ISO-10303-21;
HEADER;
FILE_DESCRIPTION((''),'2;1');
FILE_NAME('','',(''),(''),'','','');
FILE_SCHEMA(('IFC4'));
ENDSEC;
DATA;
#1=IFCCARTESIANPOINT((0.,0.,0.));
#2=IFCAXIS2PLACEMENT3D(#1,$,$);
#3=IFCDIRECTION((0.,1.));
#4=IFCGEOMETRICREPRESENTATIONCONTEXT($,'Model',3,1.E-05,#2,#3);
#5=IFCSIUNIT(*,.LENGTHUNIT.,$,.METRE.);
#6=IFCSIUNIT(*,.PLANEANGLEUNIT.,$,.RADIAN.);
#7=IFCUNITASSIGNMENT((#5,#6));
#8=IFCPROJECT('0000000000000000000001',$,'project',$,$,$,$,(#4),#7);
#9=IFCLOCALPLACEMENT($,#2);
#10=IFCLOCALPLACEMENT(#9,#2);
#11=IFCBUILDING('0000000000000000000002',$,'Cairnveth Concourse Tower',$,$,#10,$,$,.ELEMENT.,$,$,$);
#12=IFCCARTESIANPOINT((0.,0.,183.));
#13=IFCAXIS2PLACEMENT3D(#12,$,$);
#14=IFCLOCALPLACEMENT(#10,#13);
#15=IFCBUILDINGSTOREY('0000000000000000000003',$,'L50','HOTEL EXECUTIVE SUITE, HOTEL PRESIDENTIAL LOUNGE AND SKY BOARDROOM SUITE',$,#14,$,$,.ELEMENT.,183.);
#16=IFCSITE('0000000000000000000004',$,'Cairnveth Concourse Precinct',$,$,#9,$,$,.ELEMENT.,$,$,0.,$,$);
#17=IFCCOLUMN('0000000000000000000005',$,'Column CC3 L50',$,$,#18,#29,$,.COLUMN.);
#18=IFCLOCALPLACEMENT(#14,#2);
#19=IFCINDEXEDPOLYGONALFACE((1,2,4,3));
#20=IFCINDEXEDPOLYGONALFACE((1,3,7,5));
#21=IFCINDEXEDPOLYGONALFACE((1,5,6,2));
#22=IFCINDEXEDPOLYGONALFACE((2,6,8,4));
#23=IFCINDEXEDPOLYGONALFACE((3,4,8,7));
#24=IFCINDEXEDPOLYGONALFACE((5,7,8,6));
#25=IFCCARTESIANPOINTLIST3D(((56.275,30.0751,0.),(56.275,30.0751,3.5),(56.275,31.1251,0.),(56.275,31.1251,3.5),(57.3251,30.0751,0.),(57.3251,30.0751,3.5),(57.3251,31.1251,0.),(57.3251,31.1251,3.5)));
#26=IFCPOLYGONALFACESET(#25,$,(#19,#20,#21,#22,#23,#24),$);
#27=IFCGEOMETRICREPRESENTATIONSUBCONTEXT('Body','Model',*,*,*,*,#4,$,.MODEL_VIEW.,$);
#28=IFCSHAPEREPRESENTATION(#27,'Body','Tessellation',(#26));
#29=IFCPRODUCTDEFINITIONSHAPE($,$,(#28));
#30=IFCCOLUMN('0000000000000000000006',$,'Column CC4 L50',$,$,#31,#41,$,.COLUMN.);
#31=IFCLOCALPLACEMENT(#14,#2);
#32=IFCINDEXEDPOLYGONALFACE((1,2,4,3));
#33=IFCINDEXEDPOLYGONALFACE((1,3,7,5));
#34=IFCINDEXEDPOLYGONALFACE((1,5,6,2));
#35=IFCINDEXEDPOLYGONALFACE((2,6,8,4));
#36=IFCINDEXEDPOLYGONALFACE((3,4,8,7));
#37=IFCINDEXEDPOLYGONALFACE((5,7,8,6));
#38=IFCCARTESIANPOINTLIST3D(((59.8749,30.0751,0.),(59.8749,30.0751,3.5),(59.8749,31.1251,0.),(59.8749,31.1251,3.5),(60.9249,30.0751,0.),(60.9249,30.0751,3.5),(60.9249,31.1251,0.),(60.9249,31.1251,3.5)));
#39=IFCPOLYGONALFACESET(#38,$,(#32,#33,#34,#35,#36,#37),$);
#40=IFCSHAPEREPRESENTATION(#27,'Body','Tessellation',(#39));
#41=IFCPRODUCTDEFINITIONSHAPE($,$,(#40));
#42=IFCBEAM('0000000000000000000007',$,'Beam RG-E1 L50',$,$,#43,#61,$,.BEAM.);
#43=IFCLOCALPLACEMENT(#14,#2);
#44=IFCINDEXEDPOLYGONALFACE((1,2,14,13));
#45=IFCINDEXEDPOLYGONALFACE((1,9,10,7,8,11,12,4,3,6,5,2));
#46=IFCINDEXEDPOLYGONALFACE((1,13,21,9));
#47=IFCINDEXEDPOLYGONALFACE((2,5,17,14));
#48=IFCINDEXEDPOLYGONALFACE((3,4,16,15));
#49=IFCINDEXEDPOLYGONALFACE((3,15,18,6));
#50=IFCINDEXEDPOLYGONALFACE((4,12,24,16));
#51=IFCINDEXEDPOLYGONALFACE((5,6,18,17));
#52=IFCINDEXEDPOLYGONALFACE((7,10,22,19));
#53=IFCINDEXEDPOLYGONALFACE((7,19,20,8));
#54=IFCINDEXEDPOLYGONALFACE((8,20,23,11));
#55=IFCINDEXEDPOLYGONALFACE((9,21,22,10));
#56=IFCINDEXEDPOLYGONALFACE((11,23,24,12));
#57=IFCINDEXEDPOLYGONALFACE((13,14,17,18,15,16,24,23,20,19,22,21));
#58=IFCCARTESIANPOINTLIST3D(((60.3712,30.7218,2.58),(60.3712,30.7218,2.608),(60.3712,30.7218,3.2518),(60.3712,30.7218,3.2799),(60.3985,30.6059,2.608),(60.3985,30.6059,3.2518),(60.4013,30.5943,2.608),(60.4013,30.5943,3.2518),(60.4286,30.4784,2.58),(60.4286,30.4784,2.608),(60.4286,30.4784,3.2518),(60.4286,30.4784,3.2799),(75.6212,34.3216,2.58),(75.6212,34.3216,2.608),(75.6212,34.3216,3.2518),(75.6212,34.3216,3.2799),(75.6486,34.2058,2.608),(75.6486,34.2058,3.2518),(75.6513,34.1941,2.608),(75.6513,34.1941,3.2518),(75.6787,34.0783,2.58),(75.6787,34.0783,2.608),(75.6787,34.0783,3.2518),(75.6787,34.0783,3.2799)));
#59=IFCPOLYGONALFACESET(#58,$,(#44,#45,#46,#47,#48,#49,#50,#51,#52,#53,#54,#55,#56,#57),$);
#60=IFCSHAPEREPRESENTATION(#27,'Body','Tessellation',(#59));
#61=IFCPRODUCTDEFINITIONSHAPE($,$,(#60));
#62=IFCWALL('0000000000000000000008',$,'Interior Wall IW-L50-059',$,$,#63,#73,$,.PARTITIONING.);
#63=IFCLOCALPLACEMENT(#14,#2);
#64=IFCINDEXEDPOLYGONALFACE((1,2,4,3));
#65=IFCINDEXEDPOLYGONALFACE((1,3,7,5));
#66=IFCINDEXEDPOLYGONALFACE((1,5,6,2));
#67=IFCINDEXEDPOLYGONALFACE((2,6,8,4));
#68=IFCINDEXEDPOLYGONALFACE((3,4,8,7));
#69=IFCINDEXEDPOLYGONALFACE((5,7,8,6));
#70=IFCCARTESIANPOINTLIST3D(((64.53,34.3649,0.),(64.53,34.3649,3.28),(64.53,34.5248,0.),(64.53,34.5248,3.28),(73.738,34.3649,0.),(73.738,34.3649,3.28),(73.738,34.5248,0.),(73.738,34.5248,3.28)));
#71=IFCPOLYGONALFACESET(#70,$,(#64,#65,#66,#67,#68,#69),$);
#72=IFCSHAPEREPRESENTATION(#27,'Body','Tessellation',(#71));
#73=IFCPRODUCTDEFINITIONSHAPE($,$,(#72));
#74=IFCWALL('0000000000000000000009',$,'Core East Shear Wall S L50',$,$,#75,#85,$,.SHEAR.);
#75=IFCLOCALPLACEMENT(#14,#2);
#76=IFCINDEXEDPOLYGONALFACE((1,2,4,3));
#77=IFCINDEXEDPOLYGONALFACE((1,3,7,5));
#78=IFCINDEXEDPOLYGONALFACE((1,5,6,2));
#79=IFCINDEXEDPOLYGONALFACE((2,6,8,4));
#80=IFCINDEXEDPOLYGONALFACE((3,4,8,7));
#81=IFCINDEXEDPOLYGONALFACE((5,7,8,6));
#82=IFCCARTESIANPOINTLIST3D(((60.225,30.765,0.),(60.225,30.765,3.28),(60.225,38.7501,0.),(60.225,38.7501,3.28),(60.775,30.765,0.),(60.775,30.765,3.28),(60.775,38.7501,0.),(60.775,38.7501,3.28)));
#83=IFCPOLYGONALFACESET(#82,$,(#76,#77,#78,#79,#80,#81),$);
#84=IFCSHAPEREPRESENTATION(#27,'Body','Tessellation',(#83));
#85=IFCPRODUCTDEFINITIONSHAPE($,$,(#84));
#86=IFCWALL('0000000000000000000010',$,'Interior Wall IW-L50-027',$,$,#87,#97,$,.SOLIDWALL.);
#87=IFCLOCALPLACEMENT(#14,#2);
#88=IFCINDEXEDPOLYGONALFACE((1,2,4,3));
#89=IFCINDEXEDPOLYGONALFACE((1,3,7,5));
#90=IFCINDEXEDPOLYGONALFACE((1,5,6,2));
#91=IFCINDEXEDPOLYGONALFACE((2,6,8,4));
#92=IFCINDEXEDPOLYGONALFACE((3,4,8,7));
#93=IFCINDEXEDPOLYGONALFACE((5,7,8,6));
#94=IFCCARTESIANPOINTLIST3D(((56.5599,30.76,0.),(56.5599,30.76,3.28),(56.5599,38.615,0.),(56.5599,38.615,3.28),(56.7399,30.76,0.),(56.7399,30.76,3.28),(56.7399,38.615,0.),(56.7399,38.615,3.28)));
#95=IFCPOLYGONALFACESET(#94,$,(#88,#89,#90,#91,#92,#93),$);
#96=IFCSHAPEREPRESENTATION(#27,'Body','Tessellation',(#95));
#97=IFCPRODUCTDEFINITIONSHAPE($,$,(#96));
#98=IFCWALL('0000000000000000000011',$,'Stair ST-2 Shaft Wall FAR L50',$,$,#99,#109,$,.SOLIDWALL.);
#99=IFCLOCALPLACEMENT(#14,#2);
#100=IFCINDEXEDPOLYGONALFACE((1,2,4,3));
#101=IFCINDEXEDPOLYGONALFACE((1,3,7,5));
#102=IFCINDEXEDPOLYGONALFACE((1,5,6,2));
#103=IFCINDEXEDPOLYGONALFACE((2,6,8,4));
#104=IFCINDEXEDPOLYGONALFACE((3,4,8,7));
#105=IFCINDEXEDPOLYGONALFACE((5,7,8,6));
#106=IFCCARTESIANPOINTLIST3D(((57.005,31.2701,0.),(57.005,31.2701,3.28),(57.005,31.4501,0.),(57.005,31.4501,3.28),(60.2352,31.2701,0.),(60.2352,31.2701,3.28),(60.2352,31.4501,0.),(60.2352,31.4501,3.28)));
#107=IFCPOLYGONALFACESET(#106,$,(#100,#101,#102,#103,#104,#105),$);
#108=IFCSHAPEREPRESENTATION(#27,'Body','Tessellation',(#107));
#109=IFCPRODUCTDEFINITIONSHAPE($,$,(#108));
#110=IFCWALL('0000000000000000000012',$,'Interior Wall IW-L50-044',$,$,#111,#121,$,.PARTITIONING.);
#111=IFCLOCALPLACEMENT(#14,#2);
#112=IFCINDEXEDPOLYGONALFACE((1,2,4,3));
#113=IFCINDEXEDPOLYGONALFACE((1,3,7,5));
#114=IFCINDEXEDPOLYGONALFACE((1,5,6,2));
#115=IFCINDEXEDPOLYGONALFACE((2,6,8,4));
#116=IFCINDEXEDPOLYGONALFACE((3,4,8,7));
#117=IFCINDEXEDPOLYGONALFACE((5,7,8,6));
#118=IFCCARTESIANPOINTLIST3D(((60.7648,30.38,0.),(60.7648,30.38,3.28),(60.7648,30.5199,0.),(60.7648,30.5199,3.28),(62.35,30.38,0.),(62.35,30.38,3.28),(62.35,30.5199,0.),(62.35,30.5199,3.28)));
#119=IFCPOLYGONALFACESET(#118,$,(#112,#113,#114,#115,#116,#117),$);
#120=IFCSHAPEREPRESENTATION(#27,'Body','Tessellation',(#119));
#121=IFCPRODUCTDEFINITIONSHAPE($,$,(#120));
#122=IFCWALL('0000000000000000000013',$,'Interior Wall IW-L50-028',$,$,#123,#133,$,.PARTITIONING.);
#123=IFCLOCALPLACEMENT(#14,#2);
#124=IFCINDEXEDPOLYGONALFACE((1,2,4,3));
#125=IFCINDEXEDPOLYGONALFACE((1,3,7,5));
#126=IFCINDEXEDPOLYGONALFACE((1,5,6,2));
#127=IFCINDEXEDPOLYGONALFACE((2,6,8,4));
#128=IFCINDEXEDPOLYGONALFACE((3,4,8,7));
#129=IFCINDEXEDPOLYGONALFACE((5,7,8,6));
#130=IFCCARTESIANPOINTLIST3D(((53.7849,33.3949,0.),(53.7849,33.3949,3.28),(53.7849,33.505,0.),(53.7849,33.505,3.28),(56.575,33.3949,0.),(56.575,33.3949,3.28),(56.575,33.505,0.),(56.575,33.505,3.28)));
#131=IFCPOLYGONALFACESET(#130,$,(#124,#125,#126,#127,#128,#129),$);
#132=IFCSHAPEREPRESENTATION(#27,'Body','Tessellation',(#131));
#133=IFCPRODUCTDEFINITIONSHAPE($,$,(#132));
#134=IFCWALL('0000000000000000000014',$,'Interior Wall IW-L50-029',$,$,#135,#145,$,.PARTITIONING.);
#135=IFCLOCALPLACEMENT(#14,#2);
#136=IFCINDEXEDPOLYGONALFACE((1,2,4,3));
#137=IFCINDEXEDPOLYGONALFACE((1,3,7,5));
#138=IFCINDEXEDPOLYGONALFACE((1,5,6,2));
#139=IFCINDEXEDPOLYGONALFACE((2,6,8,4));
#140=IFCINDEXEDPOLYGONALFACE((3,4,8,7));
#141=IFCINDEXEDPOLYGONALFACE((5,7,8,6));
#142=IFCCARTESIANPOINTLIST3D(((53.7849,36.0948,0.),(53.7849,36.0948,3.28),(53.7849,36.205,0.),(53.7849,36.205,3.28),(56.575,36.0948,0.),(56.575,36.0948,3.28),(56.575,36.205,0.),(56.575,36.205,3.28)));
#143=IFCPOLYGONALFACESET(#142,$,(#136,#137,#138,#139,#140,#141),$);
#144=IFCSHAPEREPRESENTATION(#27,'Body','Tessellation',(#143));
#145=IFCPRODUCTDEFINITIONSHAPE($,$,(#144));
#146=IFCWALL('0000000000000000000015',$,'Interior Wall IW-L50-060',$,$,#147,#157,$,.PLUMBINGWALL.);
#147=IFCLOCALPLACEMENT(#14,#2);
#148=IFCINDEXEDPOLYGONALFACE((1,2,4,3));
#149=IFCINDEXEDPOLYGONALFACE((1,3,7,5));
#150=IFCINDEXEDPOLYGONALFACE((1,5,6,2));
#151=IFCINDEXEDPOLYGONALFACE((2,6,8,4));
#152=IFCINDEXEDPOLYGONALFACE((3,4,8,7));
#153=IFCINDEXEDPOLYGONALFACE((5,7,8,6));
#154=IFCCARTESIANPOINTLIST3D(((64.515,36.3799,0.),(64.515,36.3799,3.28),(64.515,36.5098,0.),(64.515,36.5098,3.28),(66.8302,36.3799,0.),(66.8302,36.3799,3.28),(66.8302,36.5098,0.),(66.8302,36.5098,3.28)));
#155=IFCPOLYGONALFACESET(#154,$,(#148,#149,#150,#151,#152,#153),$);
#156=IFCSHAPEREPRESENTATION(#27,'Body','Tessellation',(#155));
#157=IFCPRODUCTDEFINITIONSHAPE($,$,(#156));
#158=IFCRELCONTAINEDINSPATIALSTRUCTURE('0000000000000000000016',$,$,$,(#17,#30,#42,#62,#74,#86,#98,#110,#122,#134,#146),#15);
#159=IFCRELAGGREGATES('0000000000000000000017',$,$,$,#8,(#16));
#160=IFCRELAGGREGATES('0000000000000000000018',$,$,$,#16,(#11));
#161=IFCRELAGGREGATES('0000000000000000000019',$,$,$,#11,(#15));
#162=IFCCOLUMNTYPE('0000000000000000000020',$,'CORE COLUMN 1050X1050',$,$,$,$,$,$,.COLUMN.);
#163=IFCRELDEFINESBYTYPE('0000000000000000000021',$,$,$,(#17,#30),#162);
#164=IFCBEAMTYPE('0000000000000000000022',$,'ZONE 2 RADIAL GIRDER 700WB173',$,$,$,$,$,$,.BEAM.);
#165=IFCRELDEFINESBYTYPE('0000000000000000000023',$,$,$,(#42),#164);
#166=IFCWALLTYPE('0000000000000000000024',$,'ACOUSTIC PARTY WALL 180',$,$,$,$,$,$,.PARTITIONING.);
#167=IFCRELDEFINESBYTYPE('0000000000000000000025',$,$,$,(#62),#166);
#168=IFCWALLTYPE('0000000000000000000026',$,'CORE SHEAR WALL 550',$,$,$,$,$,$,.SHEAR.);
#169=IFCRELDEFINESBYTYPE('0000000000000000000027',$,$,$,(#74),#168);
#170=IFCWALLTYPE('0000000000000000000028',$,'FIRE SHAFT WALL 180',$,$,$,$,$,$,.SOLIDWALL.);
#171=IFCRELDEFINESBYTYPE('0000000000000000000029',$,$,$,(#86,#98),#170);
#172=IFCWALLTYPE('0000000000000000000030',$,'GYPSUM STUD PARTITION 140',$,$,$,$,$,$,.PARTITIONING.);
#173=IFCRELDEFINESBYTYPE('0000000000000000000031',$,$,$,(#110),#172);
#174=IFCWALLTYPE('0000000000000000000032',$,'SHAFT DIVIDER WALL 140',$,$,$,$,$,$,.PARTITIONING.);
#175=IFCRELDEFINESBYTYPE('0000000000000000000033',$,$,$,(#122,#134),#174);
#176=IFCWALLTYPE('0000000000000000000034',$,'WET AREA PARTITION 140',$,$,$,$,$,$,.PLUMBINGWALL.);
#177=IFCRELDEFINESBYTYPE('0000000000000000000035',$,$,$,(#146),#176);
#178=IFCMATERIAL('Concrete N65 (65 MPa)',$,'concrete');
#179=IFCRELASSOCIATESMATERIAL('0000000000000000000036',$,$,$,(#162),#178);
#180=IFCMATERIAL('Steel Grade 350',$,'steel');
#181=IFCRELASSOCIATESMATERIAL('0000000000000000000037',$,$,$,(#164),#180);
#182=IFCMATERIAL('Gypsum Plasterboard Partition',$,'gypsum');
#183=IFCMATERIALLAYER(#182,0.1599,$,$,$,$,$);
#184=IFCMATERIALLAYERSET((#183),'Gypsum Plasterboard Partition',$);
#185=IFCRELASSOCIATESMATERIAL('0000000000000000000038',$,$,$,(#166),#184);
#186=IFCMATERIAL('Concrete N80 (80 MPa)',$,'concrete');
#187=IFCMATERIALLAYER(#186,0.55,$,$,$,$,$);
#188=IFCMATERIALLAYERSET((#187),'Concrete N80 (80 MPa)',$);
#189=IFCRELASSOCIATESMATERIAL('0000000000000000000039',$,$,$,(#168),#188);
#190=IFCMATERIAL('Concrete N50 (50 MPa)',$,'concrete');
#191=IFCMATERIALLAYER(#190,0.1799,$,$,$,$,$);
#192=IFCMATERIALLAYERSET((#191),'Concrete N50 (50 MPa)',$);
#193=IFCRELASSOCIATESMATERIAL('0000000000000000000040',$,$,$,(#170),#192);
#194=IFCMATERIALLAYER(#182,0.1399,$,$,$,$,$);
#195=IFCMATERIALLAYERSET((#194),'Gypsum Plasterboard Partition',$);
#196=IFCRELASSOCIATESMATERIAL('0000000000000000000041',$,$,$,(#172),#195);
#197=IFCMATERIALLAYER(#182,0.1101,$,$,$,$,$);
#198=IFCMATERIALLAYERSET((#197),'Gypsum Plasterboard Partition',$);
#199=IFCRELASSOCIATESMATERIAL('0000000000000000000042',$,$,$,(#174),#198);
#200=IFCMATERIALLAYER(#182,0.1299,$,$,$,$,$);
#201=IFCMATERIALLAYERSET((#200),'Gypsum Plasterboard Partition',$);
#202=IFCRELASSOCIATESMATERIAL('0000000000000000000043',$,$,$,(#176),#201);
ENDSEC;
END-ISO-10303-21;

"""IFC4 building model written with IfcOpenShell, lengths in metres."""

from ifc_helpers import new_model, si_unit, direction, frame, frame_2d, origin, origin_2d, place, context, subcontext, project, spatial, rectangle, i_section, extrude, material, layer, layer_set, material_profile, profile_set, type_object, element, save


model = new_model("IFC4")

# Units and contexts
model_context = context("Model", 3, precision=1e-05, world=origin(), true_north=direction((0.0, 1.0)))
body_context = subcontext(model_context, "Body", "Model", "MODEL_VIEW")
ifc_project = project(units=[si_unit("LENGTHUNIT", "METRE"), si_unit("PLANEANGLEUNIT", "RADIAN")], contexts=[model_context])

# Site, building, storey
site_placement = place(None, origin())
site = spatial("IfcSite", under=ifc_project, at=site_placement, Name="Cairnveth Concourse Precinct", CompositionType="ELEMENT", RefElevation=0.0)
building_placement = place(site_placement, origin())
building = spatial("IfcBuilding", under=site, at=building_placement, Name="Cairnveth Concourse Tower", CompositionType="ELEMENT")
storey_placement = place(building_placement, frame((0.0, 0.0, 183.0)))
storey = spatial("IfcBuildingStorey", under=building, at=storey_placement, Name="L50", Description="HOTEL EXECUTIVE SUITE, HOTEL PRESIDENTIAL LOUNGE AND SKY BOARDROOM SUITE", CompositionType="ELEMENT", Elevation=183.0)

# Columns
ifc_material_1 = material(Name="Concrete N65 (65 MPa)", Category="concrete")
ifc_material_profile_1 = material_profile(ifc_material_1, rectangle(XDim=1.05, YDim=1.05, at=origin_2d()), Name="RC-COL-1050x1050")
ifc_profile_set_1 = profile_set([ifc_material_profile_1], Name="Concrete N65 (65 MPa)")
column_type = type_object("IfcColumnType", Name="CORE COLUMN 1050X1050", PredefinedType="COLUMN", material=ifc_profile_set_1)
for number, where, z_axis, x_axis, name in (
    (1, (56.8, 30.6001, 0.0), (0.0, 0.0, 1.0), (1.0, 0.0, 0.0), "Column CC3 L50"),
    (2, (60.3999, 30.6001, 0.0), (0.0, 0.0, 1.0), (1.0, 0.0, 0.0), "Column CC4 L50"),
):
    element("IfcColumn", number, at=place(storey_placement, frame(where, z_axis=z_axis, x_axis=x_axis)), inside=storey, type_object=column_type, Name=name, PredefinedType="COLUMN", context=body_context, shape_type="SweptSolid", body=[
        extrude(rectangle(XDim=1.05, YDim=1.05, at=origin_2d()), origin(), (0.0, 0.0, 1.0), 3.5),
    ])

# Beam
ifc_material_2 = material(Name="Steel Grade 350", Category="steel")
ifc_material_profile_2 = material_profile(ifc_material_2, i_section(OverallWidth=0.25, OverallDepth=0.7, WebThickness=0.012, FlangeThickness=0.0281, at=origin_2d()), Name="700WB173")
ifc_profile_set_2 = profile_set([ifc_material_profile_2], Name="Steel Grade 350")
beam_type = type_object("IfcBeamType", Name="ZONE 2 RADIAL GIRDER 700WB173", PredefinedType="BEAM", material=ifc_profile_set_2)
beam_placement = place(storey_placement, frame((60.3999, 30.6001, 2.9299), z_axis=(0.973252, 0.229742, 0.0), x_axis=(-0.229742, 0.973252, 0.0)))
element("IfcBeam", 3, at=beam_placement, inside=storey, type_object=beam_type, Name="Beam RG-E1 L50", PredefinedType="BEAM", context=body_context, shape_type="SweptSolid", body=[
    extrude(i_section(OverallWidth=0.25, OverallDepth=0.7, WebThickness=0.012, FlangeThickness=0.0281, at=origin_2d()), origin(), (0.0, 0.0, 1.0), 15.6692),
])

# Walls
ifc_material_3 = material(Name="Gypsum Plasterboard Partition", Category="gypsum")
ifc_layer_1 = layer(ifc_material_3, 0.1599)
ifc_layer_set_1 = layer_set([ifc_layer_1], Name="Gypsum Plasterboard Partition")
wall_type_1 = type_object("IfcWallType", Name="ACOUSTIC PARTY WALL 180", PredefinedType="PARTITIONING", material=ifc_layer_set_1)
wall_1_placement = place(storey_placement, frame((64.53, 34.4448, 0.0), z_axis=(0.0, 0.0, 1.0), x_axis=(1.0, 0.0, 0.0)))
element("IfcWall", 4, at=wall_1_placement, inside=storey, type_object=wall_type_1, Name="Interior Wall IW-L50-059", PredefinedType="PARTITIONING", context=body_context, shape_type="SweptSolid", body=[
    extrude(rectangle(XDim=9.208, YDim=0.1599, at=frame_2d((4.604, 0.0))), origin(), (0.0, 0.0, 1.0), 3.28),
])
ifc_material_4 = material(Name="Concrete N80 (80 MPa)", Category="concrete")
ifc_layer_2 = layer(ifc_material_4, 0.55)
ifc_layer_set_2 = layer_set([ifc_layer_2], Name="Concrete N80 (80 MPa)")
wall_type_2 = type_object("IfcWallType", Name="CORE SHEAR WALL 550", PredefinedType="SHEAR", material=ifc_layer_set_2)
wall_2_placement = place(storey_placement, frame((60.5, 30.7649, 0.0), z_axis=(0.0, 0.0, 1.0), x_axis=(0.0, 1.0, 0.0)))
element("IfcWall", 5, at=wall_2_placement, inside=storey, type_object=wall_type_2, Name="Core East Shear Wall S L50", PredefinedType="SHEAR", context=body_context, shape_type="SweptSolid", body=[
    extrude(rectangle(XDim=7.9851, YDim=0.55, at=frame_2d((3.9927, 0.0))), origin(), (0.0, 0.0, 1.0), 3.28),
])
ifc_material_5 = material(Name="Concrete N50 (50 MPa)", Category="concrete")
ifc_layer_3 = layer(ifc_material_5, 0.1799)
ifc_layer_set_3 = layer_set([ifc_layer_3], Name="Concrete N50 (50 MPa)")
wall_type_3 = type_object("IfcWallType", Name="FIRE SHAFT WALL 180", PredefinedType="SOLIDWALL", material=ifc_layer_set_3)
wall_3_placement = place(storey_placement, frame((56.6499, 30.76, 0.0), z_axis=(0.0, 0.0, 1.0), x_axis=(0.0, 1.0, 0.0)))
element("IfcWall", 6, at=wall_3_placement, inside=storey, type_object=wall_type_3, Name="Interior Wall IW-L50-027", PredefinedType="SOLIDWALL", context=body_context, shape_type="SweptSolid", body=[
    extrude(rectangle(XDim=7.855, YDim=0.1799, at=frame_2d((3.9275, 0.0))), origin(), (0.0, 0.0, 1.0), 3.28),
])
wall_4_placement = place(storey_placement, frame((57.0049, 31.3601, 0.0), z_axis=(0.0, 0.0, 1.0), x_axis=(1.0, 0.0, 0.0)))
element("IfcWall", 7, at=wall_4_placement, inside=storey, type_object=wall_type_3, Name="Stair ST-2 Shaft Wall FAR L50", PredefinedType="SOLIDWALL", context=body_context, shape_type="SweptSolid", body=[
    extrude(rectangle(XDim=3.2302, YDim=0.1799, at=frame_2d((1.6152, 0.0))), origin(), (0.0, 0.0, 1.0), 3.28),
])
ifc_layer_4 = layer(ifc_material_3, 0.1399)
ifc_layer_set_4 = layer_set([ifc_layer_4], Name="Gypsum Plasterboard Partition")
wall_type_4 = type_object("IfcWallType", Name="GYPSUM STUD PARTITION 140", PredefinedType="PARTITIONING", material=ifc_layer_set_4)
wall_5_placement = place(storey_placement, frame((60.7649, 30.45, 0.0), z_axis=(0.0, 0.0, 1.0), x_axis=(1.0, 0.0, 0.0)))
element("IfcWall", 8, at=wall_5_placement, inside=storey, type_object=wall_type_4, Name="Interior Wall IW-L50-044", PredefinedType="PARTITIONING", context=body_context, shape_type="SweptSolid", body=[
    extrude(rectangle(XDim=1.5852, YDim=0.1399, at=frame_2d((0.7925, 0.0))), origin(), (0.0, 0.0, 1.0), 3.28),
])
ifc_layer_5 = layer(ifc_material_3, 0.1101)
ifc_layer_set_5 = layer_set([ifc_layer_5], Name="Gypsum Plasterboard Partition")
wall_type_5 = type_object("IfcWallType", Name="SHAFT DIVIDER WALL 140", PredefinedType="PARTITIONING", material=ifc_layer_set_5)
for number, where, z_axis, x_axis, name in (
    (9, (53.7849, 33.45, 0.0), (0.0, 0.0, 1.0), (1.0, 0.0, 0.0), "Interior Wall IW-L50-028"),
    (10, (53.7849, 36.1499, 0.0), (0.0, 0.0, 1.0), (1.0, 0.0, 0.0), "Interior Wall IW-L50-029"),
):
    element("IfcWall", number, at=place(storey_placement, frame(where, z_axis=z_axis, x_axis=x_axis)), inside=storey, type_object=wall_type_5, Name=name, PredefinedType="PARTITIONING", context=body_context, shape_type="SweptSolid", body=[
        extrude(rectangle(XDim=2.79, YDim=0.1101, at=frame_2d((1.395, 0.0))), origin(), (0.0, 0.0, 1.0), 3.28),
    ])
ifc_layer_6 = layer(ifc_material_3, 0.1299)
ifc_layer_set_6 = layer_set([ifc_layer_6], Name="Gypsum Plasterboard Partition")
wall_type_6 = type_object("IfcWallType", Name="WET AREA PARTITION 140", PredefinedType="PLUMBINGWALL", material=ifc_layer_set_6)
wall_6_placement = place(storey_placement, frame((64.5149, 36.4448, 0.0), z_axis=(0.0, 0.0, 1.0), x_axis=(1.0, 0.0, 0.0)))
element("IfcWall", 11, at=wall_6_placement, inside=storey, type_object=wall_type_6, Name="Interior Wall IW-L50-060", PredefinedType="PLUMBINGWALL", context=body_context, shape_type="SweptSolid", body=[
    extrude(rectangle(XDim=2.3152, YDim=0.1299, at=frame_2d((1.1577, 0.0))), origin(), (0.0, 0.0, 1.0), 3.28),
])

save(model, "model.ifc")
